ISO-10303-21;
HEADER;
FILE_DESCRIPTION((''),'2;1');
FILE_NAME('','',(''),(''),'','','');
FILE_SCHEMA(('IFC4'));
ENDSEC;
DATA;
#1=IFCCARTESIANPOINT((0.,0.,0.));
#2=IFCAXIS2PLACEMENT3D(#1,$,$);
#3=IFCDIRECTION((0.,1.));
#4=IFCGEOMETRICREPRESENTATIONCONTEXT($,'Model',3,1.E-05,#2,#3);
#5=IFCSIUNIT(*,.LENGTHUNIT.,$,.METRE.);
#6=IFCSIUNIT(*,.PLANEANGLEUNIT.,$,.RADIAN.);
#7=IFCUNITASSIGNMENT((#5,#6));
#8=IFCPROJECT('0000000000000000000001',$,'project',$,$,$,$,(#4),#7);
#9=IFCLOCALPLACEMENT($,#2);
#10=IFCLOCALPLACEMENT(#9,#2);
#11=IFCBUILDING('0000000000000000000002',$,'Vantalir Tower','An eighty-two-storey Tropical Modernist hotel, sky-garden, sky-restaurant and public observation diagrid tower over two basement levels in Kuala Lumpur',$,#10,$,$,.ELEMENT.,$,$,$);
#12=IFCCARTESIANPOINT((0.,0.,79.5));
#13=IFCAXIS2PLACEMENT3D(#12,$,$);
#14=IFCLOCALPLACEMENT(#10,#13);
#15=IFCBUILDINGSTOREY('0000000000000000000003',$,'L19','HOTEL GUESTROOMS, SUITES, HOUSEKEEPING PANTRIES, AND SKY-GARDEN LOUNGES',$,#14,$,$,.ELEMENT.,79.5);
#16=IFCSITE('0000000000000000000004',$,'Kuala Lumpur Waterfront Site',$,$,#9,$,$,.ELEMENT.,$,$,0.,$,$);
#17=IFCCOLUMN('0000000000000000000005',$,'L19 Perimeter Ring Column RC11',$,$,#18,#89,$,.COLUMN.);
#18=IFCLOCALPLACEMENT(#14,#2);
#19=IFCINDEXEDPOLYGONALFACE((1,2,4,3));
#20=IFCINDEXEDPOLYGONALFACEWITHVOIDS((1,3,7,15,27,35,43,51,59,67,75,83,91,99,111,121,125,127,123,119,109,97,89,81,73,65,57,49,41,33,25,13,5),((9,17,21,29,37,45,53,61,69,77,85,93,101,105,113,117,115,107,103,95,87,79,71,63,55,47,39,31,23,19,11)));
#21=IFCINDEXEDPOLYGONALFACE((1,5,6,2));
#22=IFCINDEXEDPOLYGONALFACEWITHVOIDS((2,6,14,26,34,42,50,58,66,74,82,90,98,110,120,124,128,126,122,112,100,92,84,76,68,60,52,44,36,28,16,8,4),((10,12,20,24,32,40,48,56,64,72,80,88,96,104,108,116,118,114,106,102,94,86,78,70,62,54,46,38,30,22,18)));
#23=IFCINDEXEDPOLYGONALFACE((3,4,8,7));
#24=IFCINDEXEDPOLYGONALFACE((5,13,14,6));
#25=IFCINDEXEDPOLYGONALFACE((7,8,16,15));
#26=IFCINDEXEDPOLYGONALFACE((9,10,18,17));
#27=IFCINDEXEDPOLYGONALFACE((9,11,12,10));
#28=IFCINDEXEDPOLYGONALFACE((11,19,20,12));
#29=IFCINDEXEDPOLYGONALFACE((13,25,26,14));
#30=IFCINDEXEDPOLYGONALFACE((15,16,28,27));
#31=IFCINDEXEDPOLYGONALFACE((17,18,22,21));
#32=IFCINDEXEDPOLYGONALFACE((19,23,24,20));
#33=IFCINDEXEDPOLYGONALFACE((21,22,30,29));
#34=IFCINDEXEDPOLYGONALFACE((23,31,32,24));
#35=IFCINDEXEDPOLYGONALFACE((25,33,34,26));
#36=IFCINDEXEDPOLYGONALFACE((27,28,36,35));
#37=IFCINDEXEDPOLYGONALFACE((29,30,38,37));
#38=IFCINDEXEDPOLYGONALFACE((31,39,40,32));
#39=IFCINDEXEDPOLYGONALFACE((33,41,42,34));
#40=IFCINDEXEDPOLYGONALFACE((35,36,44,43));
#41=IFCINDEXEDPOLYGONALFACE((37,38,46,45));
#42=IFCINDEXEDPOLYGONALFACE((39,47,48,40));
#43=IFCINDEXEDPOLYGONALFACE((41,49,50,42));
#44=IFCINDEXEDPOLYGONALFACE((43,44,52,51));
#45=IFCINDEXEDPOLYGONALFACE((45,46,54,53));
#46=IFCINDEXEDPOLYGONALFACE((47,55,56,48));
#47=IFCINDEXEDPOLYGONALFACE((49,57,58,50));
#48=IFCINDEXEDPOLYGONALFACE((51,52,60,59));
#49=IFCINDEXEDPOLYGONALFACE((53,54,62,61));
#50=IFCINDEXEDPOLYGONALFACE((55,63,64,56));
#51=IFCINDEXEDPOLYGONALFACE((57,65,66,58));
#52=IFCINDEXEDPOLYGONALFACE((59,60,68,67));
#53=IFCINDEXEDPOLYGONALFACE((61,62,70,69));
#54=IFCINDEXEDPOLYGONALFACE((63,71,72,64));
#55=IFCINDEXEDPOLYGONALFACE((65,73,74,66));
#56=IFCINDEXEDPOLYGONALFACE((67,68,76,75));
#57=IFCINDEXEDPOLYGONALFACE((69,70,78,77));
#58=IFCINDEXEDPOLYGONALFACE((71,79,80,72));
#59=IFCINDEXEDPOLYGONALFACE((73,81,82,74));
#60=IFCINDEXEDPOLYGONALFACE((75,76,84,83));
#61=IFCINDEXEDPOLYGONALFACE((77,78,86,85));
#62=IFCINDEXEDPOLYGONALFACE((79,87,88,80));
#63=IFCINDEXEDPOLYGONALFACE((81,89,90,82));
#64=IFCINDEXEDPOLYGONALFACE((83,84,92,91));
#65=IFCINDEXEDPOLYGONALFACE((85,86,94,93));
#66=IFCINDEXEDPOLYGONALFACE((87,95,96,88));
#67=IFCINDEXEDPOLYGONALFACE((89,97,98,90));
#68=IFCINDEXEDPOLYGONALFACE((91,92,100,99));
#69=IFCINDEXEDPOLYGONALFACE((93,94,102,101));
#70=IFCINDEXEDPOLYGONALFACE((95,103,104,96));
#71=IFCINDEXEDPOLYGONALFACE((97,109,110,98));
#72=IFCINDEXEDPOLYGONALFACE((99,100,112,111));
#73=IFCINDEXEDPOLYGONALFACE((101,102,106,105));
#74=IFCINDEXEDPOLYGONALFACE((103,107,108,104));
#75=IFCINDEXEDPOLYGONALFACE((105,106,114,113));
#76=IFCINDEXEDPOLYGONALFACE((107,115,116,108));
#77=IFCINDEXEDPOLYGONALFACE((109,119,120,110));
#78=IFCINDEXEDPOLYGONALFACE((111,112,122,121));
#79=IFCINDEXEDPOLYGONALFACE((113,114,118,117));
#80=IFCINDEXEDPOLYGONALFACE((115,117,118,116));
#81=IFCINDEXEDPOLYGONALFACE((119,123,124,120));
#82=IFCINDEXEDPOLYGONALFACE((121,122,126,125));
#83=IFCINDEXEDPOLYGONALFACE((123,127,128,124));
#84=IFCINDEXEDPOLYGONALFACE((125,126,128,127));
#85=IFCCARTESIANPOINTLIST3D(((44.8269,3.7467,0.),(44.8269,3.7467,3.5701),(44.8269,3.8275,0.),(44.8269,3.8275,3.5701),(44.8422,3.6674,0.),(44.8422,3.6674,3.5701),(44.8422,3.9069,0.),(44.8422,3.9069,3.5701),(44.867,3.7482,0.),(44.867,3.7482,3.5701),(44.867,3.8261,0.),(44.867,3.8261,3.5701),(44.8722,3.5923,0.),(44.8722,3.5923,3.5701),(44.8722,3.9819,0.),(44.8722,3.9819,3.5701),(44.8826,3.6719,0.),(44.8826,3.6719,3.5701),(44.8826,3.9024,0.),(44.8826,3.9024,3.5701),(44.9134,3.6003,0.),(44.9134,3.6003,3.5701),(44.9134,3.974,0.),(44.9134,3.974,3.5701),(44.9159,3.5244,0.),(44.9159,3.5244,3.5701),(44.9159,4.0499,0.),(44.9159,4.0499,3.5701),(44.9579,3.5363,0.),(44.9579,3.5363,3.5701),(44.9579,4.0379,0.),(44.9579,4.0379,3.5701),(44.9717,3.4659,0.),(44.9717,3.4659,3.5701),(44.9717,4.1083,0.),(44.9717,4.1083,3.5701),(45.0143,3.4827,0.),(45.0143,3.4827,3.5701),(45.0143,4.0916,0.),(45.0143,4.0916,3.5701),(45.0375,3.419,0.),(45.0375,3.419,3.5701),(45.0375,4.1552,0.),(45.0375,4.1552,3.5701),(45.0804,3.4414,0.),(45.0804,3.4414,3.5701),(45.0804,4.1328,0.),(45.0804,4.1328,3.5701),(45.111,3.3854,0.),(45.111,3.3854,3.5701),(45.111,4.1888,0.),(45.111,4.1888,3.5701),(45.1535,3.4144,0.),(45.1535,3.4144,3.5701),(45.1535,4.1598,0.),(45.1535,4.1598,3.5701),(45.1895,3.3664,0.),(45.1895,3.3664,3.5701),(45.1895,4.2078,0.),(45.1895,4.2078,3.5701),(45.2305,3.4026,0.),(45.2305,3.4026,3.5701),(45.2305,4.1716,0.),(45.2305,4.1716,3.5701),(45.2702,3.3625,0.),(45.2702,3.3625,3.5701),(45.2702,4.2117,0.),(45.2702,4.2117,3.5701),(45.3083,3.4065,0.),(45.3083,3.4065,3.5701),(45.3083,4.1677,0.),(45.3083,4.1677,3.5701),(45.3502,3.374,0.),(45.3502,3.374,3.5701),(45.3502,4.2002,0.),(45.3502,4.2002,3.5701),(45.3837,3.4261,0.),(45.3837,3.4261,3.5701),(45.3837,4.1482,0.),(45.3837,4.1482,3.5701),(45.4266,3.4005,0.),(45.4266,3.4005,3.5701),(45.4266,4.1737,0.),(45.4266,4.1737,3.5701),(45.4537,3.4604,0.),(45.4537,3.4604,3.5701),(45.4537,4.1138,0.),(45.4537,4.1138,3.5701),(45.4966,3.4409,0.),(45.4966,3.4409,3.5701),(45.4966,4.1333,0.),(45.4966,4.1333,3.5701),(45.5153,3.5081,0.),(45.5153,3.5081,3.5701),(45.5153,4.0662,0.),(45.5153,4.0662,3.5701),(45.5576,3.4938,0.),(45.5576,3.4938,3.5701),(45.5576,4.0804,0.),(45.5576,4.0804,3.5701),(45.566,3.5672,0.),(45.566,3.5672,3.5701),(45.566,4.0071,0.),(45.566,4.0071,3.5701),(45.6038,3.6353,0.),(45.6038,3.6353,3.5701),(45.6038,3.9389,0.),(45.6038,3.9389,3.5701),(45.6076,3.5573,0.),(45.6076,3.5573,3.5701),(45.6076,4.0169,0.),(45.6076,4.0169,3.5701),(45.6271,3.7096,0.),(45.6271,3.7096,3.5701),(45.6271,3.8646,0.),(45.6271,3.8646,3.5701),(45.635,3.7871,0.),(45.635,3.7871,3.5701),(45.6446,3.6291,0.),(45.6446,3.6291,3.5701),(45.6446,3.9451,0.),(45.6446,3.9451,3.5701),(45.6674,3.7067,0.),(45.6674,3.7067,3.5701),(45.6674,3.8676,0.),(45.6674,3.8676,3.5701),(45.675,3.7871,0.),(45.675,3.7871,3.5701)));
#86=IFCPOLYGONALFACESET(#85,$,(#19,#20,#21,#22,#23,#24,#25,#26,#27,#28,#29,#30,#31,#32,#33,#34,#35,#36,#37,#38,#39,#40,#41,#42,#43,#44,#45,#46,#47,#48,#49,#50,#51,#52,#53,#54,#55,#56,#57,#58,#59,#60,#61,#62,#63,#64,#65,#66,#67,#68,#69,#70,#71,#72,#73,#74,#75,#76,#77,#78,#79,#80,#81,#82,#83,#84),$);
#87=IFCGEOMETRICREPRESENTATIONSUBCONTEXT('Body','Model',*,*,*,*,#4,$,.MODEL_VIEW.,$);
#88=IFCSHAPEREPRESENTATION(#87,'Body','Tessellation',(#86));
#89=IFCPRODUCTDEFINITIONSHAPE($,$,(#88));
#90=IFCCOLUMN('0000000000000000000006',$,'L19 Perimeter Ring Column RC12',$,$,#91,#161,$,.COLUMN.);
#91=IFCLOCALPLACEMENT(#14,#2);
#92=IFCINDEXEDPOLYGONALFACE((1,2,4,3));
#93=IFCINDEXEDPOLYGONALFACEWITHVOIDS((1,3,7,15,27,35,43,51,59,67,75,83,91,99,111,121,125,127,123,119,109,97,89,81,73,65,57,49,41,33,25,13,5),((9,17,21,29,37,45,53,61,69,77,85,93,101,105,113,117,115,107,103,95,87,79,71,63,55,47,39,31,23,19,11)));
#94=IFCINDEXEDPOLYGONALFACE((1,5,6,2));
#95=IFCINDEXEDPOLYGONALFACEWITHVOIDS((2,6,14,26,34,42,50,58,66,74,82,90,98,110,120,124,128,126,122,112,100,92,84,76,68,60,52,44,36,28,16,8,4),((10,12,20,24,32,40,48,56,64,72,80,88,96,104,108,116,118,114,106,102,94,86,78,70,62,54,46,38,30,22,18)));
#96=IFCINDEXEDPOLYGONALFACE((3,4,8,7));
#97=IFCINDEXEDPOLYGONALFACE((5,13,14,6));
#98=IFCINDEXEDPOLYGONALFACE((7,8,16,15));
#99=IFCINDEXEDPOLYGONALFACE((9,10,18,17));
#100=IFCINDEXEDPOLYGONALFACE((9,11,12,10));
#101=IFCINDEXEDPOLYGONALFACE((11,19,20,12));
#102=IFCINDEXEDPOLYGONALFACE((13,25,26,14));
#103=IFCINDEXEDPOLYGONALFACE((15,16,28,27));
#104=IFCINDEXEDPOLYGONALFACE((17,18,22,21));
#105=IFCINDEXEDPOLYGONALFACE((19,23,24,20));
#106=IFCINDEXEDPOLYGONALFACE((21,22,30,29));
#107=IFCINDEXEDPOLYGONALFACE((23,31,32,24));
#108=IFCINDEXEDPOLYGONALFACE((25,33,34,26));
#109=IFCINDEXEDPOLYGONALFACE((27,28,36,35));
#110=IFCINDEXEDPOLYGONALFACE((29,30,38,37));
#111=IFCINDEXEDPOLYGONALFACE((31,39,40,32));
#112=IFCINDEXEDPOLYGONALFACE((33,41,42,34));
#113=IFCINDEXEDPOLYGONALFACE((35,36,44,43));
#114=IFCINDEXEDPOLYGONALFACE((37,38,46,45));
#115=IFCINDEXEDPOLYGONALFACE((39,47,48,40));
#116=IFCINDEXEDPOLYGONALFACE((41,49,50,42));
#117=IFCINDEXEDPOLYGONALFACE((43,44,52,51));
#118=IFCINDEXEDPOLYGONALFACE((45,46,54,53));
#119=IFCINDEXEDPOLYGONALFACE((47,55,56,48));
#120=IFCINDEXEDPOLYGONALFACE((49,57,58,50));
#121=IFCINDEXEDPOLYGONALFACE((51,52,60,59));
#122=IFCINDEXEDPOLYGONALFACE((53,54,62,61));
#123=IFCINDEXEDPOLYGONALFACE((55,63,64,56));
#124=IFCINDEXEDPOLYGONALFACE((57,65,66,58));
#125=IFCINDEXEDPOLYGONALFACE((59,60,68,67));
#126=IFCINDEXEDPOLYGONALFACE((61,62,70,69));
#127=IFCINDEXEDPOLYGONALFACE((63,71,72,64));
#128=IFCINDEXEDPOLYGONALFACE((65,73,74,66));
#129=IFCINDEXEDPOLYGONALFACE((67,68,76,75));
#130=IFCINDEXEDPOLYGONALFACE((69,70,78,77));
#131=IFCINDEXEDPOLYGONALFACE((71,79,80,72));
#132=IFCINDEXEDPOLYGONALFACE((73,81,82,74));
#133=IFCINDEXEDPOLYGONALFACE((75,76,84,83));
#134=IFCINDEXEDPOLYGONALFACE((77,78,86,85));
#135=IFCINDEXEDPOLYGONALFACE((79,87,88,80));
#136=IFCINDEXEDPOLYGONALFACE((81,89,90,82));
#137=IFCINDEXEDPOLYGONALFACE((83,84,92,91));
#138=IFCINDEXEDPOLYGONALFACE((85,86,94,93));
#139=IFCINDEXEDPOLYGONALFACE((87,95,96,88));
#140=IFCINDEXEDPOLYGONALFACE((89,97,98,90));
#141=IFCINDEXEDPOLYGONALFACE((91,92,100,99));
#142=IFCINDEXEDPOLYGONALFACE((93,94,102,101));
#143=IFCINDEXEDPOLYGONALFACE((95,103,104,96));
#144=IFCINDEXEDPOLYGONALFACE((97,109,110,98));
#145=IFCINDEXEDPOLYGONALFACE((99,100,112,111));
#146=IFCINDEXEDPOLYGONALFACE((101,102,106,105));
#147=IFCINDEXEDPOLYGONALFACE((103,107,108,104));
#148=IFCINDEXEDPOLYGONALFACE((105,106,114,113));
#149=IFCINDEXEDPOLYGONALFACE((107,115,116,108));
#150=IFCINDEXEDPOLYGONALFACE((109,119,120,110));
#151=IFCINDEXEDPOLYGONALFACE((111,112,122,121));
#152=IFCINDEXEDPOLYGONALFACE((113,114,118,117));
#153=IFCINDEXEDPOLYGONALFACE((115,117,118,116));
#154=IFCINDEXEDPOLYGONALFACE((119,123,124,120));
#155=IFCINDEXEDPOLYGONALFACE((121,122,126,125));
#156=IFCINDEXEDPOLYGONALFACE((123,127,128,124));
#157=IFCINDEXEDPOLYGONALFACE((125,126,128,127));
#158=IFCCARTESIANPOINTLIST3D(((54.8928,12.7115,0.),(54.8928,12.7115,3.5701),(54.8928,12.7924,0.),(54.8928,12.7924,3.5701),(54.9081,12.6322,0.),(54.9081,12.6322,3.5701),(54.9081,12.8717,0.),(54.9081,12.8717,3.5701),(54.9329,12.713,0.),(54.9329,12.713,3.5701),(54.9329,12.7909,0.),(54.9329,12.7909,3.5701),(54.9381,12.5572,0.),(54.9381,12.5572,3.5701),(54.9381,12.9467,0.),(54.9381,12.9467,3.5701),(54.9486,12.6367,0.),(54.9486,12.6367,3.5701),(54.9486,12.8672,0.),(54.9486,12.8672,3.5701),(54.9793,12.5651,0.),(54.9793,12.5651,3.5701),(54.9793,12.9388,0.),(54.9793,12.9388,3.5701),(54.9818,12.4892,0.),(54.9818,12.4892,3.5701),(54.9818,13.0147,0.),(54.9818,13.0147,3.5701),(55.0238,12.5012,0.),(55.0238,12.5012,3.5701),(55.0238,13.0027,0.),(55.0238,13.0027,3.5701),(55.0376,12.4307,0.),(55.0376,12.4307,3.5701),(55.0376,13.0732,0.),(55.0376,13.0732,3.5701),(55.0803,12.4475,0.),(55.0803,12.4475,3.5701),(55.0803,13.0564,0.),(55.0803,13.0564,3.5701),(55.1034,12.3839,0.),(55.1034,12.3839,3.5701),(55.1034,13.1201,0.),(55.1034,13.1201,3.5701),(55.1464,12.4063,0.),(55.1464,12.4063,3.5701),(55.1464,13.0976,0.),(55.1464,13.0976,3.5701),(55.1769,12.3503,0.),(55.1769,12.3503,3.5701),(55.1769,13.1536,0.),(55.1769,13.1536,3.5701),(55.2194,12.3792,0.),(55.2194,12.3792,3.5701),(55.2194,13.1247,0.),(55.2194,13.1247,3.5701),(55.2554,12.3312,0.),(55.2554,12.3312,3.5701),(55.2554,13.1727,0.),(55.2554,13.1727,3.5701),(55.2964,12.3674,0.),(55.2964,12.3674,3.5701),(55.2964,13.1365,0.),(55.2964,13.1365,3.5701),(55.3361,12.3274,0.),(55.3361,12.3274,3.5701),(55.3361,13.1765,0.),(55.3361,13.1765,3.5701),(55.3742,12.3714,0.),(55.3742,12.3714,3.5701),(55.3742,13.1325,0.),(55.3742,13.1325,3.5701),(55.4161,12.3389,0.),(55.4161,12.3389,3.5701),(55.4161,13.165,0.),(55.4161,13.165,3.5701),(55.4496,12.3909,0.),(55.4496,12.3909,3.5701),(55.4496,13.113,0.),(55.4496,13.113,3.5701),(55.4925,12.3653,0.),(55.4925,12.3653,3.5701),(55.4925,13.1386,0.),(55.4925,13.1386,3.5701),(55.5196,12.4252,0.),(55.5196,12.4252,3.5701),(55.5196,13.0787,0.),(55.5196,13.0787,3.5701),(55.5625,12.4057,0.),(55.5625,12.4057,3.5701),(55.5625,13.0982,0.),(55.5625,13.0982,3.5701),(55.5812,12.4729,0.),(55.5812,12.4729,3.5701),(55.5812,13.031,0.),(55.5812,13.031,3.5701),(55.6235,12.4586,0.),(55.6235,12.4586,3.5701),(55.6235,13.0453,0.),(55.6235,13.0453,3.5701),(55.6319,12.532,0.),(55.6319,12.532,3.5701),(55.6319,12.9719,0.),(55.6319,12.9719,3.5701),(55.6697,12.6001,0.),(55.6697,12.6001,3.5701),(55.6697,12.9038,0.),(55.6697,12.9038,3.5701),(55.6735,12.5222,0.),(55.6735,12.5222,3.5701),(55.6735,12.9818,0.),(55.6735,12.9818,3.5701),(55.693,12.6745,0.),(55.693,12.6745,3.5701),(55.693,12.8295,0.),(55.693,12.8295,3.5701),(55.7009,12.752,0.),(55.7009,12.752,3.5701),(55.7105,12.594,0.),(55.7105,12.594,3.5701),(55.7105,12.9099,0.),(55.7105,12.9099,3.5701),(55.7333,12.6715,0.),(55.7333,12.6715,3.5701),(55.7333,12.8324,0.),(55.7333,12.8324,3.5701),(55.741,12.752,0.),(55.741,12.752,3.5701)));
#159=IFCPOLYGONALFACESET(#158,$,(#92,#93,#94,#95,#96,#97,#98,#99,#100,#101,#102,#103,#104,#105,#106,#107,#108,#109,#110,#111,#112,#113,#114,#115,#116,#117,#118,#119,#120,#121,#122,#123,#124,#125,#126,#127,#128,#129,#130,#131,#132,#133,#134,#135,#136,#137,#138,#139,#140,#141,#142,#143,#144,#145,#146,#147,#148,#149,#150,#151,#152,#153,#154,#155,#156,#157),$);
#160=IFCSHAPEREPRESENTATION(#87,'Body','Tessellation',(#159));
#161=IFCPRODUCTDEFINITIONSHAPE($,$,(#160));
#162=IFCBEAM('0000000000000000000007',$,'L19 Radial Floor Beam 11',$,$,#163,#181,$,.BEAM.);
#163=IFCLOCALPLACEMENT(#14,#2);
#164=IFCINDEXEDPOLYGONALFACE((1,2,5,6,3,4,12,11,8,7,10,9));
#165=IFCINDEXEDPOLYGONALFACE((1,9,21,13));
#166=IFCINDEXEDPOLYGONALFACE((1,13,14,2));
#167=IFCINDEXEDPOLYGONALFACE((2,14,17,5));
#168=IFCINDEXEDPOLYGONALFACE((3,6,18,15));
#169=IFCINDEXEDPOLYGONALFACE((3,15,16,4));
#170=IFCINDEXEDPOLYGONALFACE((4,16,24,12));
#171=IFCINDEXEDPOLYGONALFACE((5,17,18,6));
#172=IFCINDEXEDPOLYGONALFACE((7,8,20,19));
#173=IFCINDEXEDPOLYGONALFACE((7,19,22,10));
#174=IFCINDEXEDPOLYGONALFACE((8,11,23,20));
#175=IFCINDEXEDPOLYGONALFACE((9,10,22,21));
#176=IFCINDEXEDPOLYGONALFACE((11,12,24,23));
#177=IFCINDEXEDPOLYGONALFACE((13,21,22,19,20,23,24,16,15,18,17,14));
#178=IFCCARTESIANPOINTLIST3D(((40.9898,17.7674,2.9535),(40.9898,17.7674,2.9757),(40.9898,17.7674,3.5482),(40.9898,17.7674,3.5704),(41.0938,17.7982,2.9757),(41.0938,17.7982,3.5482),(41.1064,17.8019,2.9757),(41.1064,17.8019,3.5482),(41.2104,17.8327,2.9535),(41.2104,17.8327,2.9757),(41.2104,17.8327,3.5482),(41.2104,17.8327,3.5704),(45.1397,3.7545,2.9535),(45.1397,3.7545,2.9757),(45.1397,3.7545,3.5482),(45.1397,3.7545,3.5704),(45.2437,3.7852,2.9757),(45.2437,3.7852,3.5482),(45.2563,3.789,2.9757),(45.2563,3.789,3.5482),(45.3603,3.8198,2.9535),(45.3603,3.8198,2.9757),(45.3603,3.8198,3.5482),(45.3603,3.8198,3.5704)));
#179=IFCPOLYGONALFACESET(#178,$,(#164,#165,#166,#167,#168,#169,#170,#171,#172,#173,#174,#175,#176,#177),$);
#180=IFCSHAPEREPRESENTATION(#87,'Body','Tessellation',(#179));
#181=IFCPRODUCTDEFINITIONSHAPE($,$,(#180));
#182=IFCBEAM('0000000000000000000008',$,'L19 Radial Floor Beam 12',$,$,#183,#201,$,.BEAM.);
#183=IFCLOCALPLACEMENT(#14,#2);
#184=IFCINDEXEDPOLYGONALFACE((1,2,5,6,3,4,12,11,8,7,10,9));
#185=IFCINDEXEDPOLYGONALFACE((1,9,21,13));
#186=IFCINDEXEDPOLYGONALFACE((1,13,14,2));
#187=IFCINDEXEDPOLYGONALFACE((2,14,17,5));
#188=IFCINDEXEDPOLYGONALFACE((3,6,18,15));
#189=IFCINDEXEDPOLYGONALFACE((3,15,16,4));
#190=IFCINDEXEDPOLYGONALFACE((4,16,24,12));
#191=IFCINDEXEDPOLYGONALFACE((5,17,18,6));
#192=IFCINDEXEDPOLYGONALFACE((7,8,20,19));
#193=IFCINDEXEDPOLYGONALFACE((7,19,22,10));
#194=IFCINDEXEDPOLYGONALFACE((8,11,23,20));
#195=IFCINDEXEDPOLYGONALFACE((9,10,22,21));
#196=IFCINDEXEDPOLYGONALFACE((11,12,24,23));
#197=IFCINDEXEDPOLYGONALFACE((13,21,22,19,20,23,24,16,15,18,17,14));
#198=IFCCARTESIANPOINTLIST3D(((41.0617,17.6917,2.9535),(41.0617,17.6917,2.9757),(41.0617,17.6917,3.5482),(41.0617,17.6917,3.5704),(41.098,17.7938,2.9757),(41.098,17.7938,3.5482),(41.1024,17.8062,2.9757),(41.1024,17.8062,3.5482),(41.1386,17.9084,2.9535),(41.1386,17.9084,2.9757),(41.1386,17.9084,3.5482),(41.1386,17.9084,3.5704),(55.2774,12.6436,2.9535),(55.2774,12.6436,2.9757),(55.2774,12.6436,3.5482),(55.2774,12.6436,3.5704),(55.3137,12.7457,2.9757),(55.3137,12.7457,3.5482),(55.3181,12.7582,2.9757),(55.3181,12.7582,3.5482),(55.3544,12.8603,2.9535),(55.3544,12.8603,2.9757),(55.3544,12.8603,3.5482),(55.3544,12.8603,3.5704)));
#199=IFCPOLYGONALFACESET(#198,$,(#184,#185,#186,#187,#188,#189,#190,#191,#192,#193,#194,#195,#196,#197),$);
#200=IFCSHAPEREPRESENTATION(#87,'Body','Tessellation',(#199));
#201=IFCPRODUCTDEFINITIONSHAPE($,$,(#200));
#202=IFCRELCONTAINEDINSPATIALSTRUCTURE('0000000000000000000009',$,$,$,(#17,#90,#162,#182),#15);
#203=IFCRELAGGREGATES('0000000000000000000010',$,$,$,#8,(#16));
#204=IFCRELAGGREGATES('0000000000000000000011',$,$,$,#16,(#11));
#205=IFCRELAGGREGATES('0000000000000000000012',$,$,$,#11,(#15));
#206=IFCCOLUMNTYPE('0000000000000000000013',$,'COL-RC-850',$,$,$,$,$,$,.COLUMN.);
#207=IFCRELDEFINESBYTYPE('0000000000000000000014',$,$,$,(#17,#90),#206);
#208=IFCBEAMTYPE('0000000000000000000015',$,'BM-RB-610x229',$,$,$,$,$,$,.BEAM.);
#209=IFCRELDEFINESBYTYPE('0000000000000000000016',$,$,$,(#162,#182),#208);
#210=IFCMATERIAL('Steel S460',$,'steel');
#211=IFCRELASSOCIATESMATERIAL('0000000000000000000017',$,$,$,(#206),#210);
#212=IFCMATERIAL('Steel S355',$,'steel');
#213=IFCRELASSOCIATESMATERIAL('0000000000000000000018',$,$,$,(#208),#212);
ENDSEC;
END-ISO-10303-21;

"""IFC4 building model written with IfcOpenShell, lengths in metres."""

from ifc_helpers import new_model, si_unit, direction, frame, origin, origin_2d, place, context, subcontext, project, spatial, hollow_circle, i_section, extrude, material, material_profile, profile_set, type_object, element, save


model = new_model("IFC4")

# Units and contexts
model_context = context("Model", 3, precision=1e-05, world=origin(), true_north=direction((0.0, 1.0)))
body_context = subcontext(model_context, "Body", "Model", "MODEL_VIEW")
ifc_project = project(units=[si_unit("LENGTHUNIT", "METRE"), si_unit("PLANEANGLEUNIT", "RADIAN")], contexts=[model_context])

# Site, building, storey
site_placement = place(None, origin())
site = spatial("IfcSite", under=ifc_project, at=site_placement, Name="Kuala Lumpur Waterfront Site", CompositionType="ELEMENT", RefElevation=0.0)
building_placement = place(site_placement, origin())
building = spatial("IfcBuilding", under=site, at=building_placement, Name="Vantalir Tower", Description="An eighty-two-storey Tropical Modernist hotel, sky-garden, sky-restaurant and public observation diagrid tower over two basement levels in Kuala Lumpur", CompositionType="ELEMENT")
storey_placement = place(building_placement, frame((0.0, 0.0, 79.5)))
storey = spatial("IfcBuildingStorey", under=building, at=storey_placement, Name="L19", Description="HOTEL GUESTROOMS, SUITES, HOUSEKEEPING PANTRIES, AND SKY-GARDEN LOUNGES", CompositionType="ELEMENT", Elevation=79.5)

# Columns
ifc_material_1 = material(Name="Steel S460", Category="steel")
ifc_material_profile_1 = material_profile(ifc_material_1, hollow_circle(Radius=0.425, WallThickness=0.04, at=origin_2d()), Name="Steel S460")
ifc_profile_set_1 = profile_set([ifc_material_profile_1], Name="Steel S460")
column_type = type_object("IfcColumnType", Name="COL-RC-850", PredefinedType="COLUMN", material=ifc_profile_set_1)
for number, where, z_axis, x_axis, name in (
    (1, (45.25, 3.7871, 0.0), (0.0, 0.0, 1.0), (1.0, 0.0, 0.0), "L19 Perimeter Ring Column RC11"),
    (2, (55.3159, 12.752, 0.0), (0.0, 0.0, 1.0), (1.0, 0.0, 0.0), "L19 Perimeter Ring Column RC12"),
):
    element("IfcColumn", number, at=place(storey_placement, frame(where, z_axis=z_axis, x_axis=x_axis)), inside=storey, type_object=column_type, Name=name, PredefinedType="COLUMN", context=body_context, shape_type="SweptSolid", body=[
        extrude(hollow_circle(Radius=0.425, WallThickness=0.04, at=origin_2d()), origin(), (0.0, 0.0, 1.0), 3.5701),
    ])

# Beams
ifc_material_2 = material(Name="Steel S355", Category="steel")
ifc_material_profile_2 = material_profile(ifc_material_2, i_section(OverallWidth=0.23, OverallDepth=0.6169, WebThickness=0.0132, FlangeThickness=0.0222, at=origin_2d()), Name="Steel S355")
ifc_profile_set_2 = profile_set([ifc_material_profile_2], Name="Steel S355")
beam_type_1 = type_object("IfcBeamType", Name="BM-RB-610x229", PredefinedType="BEAM", material=ifc_profile_set_2)
beam_1_placement = place(storey_placement, frame((45.25, 3.7871, 3.262), z_axis=(-0.283958, 0.958837, 0.0), x_axis=(-0.958837, -0.283958, 0.0)))
element("IfcBeam", 3, at=beam_1_placement, inside=storey, type_object=beam_type_1, Name="L19 Radial Floor Beam 11", PredefinedType="BEAM", context=body_context, shape_type="SweptSolid", body=[
    extrude(i_section(OverallWidth=0.23, OverallDepth=0.6169, WebThickness=0.0132, FlangeThickness=0.0222, at=origin_2d()), origin(), (0.0, 0.0, 1.0), 14.6145),
])
beam_2_placement = place(storey_placement, frame((55.3159, 12.752, 3.262), z_axis=(-0.942349, 0.334632, 0.0), x_axis=(-0.334632, -0.942349, 0.0)))
element("IfcBeam", 4, at=beam_2_placement, inside=storey, type_object=beam_type_1, Name="L19 Radial Floor Beam 12", PredefinedType="BEAM", context=body_context, shape_type="SweptSolid", body=[
    extrude(i_section(OverallWidth=0.23, OverallDepth=0.6169, WebThickness=0.0132, FlangeThickness=0.0222, at=origin_2d()), origin(), (0.0, 0.0, 1.0), 15.0854),
])

save(model, "model.ifc")
